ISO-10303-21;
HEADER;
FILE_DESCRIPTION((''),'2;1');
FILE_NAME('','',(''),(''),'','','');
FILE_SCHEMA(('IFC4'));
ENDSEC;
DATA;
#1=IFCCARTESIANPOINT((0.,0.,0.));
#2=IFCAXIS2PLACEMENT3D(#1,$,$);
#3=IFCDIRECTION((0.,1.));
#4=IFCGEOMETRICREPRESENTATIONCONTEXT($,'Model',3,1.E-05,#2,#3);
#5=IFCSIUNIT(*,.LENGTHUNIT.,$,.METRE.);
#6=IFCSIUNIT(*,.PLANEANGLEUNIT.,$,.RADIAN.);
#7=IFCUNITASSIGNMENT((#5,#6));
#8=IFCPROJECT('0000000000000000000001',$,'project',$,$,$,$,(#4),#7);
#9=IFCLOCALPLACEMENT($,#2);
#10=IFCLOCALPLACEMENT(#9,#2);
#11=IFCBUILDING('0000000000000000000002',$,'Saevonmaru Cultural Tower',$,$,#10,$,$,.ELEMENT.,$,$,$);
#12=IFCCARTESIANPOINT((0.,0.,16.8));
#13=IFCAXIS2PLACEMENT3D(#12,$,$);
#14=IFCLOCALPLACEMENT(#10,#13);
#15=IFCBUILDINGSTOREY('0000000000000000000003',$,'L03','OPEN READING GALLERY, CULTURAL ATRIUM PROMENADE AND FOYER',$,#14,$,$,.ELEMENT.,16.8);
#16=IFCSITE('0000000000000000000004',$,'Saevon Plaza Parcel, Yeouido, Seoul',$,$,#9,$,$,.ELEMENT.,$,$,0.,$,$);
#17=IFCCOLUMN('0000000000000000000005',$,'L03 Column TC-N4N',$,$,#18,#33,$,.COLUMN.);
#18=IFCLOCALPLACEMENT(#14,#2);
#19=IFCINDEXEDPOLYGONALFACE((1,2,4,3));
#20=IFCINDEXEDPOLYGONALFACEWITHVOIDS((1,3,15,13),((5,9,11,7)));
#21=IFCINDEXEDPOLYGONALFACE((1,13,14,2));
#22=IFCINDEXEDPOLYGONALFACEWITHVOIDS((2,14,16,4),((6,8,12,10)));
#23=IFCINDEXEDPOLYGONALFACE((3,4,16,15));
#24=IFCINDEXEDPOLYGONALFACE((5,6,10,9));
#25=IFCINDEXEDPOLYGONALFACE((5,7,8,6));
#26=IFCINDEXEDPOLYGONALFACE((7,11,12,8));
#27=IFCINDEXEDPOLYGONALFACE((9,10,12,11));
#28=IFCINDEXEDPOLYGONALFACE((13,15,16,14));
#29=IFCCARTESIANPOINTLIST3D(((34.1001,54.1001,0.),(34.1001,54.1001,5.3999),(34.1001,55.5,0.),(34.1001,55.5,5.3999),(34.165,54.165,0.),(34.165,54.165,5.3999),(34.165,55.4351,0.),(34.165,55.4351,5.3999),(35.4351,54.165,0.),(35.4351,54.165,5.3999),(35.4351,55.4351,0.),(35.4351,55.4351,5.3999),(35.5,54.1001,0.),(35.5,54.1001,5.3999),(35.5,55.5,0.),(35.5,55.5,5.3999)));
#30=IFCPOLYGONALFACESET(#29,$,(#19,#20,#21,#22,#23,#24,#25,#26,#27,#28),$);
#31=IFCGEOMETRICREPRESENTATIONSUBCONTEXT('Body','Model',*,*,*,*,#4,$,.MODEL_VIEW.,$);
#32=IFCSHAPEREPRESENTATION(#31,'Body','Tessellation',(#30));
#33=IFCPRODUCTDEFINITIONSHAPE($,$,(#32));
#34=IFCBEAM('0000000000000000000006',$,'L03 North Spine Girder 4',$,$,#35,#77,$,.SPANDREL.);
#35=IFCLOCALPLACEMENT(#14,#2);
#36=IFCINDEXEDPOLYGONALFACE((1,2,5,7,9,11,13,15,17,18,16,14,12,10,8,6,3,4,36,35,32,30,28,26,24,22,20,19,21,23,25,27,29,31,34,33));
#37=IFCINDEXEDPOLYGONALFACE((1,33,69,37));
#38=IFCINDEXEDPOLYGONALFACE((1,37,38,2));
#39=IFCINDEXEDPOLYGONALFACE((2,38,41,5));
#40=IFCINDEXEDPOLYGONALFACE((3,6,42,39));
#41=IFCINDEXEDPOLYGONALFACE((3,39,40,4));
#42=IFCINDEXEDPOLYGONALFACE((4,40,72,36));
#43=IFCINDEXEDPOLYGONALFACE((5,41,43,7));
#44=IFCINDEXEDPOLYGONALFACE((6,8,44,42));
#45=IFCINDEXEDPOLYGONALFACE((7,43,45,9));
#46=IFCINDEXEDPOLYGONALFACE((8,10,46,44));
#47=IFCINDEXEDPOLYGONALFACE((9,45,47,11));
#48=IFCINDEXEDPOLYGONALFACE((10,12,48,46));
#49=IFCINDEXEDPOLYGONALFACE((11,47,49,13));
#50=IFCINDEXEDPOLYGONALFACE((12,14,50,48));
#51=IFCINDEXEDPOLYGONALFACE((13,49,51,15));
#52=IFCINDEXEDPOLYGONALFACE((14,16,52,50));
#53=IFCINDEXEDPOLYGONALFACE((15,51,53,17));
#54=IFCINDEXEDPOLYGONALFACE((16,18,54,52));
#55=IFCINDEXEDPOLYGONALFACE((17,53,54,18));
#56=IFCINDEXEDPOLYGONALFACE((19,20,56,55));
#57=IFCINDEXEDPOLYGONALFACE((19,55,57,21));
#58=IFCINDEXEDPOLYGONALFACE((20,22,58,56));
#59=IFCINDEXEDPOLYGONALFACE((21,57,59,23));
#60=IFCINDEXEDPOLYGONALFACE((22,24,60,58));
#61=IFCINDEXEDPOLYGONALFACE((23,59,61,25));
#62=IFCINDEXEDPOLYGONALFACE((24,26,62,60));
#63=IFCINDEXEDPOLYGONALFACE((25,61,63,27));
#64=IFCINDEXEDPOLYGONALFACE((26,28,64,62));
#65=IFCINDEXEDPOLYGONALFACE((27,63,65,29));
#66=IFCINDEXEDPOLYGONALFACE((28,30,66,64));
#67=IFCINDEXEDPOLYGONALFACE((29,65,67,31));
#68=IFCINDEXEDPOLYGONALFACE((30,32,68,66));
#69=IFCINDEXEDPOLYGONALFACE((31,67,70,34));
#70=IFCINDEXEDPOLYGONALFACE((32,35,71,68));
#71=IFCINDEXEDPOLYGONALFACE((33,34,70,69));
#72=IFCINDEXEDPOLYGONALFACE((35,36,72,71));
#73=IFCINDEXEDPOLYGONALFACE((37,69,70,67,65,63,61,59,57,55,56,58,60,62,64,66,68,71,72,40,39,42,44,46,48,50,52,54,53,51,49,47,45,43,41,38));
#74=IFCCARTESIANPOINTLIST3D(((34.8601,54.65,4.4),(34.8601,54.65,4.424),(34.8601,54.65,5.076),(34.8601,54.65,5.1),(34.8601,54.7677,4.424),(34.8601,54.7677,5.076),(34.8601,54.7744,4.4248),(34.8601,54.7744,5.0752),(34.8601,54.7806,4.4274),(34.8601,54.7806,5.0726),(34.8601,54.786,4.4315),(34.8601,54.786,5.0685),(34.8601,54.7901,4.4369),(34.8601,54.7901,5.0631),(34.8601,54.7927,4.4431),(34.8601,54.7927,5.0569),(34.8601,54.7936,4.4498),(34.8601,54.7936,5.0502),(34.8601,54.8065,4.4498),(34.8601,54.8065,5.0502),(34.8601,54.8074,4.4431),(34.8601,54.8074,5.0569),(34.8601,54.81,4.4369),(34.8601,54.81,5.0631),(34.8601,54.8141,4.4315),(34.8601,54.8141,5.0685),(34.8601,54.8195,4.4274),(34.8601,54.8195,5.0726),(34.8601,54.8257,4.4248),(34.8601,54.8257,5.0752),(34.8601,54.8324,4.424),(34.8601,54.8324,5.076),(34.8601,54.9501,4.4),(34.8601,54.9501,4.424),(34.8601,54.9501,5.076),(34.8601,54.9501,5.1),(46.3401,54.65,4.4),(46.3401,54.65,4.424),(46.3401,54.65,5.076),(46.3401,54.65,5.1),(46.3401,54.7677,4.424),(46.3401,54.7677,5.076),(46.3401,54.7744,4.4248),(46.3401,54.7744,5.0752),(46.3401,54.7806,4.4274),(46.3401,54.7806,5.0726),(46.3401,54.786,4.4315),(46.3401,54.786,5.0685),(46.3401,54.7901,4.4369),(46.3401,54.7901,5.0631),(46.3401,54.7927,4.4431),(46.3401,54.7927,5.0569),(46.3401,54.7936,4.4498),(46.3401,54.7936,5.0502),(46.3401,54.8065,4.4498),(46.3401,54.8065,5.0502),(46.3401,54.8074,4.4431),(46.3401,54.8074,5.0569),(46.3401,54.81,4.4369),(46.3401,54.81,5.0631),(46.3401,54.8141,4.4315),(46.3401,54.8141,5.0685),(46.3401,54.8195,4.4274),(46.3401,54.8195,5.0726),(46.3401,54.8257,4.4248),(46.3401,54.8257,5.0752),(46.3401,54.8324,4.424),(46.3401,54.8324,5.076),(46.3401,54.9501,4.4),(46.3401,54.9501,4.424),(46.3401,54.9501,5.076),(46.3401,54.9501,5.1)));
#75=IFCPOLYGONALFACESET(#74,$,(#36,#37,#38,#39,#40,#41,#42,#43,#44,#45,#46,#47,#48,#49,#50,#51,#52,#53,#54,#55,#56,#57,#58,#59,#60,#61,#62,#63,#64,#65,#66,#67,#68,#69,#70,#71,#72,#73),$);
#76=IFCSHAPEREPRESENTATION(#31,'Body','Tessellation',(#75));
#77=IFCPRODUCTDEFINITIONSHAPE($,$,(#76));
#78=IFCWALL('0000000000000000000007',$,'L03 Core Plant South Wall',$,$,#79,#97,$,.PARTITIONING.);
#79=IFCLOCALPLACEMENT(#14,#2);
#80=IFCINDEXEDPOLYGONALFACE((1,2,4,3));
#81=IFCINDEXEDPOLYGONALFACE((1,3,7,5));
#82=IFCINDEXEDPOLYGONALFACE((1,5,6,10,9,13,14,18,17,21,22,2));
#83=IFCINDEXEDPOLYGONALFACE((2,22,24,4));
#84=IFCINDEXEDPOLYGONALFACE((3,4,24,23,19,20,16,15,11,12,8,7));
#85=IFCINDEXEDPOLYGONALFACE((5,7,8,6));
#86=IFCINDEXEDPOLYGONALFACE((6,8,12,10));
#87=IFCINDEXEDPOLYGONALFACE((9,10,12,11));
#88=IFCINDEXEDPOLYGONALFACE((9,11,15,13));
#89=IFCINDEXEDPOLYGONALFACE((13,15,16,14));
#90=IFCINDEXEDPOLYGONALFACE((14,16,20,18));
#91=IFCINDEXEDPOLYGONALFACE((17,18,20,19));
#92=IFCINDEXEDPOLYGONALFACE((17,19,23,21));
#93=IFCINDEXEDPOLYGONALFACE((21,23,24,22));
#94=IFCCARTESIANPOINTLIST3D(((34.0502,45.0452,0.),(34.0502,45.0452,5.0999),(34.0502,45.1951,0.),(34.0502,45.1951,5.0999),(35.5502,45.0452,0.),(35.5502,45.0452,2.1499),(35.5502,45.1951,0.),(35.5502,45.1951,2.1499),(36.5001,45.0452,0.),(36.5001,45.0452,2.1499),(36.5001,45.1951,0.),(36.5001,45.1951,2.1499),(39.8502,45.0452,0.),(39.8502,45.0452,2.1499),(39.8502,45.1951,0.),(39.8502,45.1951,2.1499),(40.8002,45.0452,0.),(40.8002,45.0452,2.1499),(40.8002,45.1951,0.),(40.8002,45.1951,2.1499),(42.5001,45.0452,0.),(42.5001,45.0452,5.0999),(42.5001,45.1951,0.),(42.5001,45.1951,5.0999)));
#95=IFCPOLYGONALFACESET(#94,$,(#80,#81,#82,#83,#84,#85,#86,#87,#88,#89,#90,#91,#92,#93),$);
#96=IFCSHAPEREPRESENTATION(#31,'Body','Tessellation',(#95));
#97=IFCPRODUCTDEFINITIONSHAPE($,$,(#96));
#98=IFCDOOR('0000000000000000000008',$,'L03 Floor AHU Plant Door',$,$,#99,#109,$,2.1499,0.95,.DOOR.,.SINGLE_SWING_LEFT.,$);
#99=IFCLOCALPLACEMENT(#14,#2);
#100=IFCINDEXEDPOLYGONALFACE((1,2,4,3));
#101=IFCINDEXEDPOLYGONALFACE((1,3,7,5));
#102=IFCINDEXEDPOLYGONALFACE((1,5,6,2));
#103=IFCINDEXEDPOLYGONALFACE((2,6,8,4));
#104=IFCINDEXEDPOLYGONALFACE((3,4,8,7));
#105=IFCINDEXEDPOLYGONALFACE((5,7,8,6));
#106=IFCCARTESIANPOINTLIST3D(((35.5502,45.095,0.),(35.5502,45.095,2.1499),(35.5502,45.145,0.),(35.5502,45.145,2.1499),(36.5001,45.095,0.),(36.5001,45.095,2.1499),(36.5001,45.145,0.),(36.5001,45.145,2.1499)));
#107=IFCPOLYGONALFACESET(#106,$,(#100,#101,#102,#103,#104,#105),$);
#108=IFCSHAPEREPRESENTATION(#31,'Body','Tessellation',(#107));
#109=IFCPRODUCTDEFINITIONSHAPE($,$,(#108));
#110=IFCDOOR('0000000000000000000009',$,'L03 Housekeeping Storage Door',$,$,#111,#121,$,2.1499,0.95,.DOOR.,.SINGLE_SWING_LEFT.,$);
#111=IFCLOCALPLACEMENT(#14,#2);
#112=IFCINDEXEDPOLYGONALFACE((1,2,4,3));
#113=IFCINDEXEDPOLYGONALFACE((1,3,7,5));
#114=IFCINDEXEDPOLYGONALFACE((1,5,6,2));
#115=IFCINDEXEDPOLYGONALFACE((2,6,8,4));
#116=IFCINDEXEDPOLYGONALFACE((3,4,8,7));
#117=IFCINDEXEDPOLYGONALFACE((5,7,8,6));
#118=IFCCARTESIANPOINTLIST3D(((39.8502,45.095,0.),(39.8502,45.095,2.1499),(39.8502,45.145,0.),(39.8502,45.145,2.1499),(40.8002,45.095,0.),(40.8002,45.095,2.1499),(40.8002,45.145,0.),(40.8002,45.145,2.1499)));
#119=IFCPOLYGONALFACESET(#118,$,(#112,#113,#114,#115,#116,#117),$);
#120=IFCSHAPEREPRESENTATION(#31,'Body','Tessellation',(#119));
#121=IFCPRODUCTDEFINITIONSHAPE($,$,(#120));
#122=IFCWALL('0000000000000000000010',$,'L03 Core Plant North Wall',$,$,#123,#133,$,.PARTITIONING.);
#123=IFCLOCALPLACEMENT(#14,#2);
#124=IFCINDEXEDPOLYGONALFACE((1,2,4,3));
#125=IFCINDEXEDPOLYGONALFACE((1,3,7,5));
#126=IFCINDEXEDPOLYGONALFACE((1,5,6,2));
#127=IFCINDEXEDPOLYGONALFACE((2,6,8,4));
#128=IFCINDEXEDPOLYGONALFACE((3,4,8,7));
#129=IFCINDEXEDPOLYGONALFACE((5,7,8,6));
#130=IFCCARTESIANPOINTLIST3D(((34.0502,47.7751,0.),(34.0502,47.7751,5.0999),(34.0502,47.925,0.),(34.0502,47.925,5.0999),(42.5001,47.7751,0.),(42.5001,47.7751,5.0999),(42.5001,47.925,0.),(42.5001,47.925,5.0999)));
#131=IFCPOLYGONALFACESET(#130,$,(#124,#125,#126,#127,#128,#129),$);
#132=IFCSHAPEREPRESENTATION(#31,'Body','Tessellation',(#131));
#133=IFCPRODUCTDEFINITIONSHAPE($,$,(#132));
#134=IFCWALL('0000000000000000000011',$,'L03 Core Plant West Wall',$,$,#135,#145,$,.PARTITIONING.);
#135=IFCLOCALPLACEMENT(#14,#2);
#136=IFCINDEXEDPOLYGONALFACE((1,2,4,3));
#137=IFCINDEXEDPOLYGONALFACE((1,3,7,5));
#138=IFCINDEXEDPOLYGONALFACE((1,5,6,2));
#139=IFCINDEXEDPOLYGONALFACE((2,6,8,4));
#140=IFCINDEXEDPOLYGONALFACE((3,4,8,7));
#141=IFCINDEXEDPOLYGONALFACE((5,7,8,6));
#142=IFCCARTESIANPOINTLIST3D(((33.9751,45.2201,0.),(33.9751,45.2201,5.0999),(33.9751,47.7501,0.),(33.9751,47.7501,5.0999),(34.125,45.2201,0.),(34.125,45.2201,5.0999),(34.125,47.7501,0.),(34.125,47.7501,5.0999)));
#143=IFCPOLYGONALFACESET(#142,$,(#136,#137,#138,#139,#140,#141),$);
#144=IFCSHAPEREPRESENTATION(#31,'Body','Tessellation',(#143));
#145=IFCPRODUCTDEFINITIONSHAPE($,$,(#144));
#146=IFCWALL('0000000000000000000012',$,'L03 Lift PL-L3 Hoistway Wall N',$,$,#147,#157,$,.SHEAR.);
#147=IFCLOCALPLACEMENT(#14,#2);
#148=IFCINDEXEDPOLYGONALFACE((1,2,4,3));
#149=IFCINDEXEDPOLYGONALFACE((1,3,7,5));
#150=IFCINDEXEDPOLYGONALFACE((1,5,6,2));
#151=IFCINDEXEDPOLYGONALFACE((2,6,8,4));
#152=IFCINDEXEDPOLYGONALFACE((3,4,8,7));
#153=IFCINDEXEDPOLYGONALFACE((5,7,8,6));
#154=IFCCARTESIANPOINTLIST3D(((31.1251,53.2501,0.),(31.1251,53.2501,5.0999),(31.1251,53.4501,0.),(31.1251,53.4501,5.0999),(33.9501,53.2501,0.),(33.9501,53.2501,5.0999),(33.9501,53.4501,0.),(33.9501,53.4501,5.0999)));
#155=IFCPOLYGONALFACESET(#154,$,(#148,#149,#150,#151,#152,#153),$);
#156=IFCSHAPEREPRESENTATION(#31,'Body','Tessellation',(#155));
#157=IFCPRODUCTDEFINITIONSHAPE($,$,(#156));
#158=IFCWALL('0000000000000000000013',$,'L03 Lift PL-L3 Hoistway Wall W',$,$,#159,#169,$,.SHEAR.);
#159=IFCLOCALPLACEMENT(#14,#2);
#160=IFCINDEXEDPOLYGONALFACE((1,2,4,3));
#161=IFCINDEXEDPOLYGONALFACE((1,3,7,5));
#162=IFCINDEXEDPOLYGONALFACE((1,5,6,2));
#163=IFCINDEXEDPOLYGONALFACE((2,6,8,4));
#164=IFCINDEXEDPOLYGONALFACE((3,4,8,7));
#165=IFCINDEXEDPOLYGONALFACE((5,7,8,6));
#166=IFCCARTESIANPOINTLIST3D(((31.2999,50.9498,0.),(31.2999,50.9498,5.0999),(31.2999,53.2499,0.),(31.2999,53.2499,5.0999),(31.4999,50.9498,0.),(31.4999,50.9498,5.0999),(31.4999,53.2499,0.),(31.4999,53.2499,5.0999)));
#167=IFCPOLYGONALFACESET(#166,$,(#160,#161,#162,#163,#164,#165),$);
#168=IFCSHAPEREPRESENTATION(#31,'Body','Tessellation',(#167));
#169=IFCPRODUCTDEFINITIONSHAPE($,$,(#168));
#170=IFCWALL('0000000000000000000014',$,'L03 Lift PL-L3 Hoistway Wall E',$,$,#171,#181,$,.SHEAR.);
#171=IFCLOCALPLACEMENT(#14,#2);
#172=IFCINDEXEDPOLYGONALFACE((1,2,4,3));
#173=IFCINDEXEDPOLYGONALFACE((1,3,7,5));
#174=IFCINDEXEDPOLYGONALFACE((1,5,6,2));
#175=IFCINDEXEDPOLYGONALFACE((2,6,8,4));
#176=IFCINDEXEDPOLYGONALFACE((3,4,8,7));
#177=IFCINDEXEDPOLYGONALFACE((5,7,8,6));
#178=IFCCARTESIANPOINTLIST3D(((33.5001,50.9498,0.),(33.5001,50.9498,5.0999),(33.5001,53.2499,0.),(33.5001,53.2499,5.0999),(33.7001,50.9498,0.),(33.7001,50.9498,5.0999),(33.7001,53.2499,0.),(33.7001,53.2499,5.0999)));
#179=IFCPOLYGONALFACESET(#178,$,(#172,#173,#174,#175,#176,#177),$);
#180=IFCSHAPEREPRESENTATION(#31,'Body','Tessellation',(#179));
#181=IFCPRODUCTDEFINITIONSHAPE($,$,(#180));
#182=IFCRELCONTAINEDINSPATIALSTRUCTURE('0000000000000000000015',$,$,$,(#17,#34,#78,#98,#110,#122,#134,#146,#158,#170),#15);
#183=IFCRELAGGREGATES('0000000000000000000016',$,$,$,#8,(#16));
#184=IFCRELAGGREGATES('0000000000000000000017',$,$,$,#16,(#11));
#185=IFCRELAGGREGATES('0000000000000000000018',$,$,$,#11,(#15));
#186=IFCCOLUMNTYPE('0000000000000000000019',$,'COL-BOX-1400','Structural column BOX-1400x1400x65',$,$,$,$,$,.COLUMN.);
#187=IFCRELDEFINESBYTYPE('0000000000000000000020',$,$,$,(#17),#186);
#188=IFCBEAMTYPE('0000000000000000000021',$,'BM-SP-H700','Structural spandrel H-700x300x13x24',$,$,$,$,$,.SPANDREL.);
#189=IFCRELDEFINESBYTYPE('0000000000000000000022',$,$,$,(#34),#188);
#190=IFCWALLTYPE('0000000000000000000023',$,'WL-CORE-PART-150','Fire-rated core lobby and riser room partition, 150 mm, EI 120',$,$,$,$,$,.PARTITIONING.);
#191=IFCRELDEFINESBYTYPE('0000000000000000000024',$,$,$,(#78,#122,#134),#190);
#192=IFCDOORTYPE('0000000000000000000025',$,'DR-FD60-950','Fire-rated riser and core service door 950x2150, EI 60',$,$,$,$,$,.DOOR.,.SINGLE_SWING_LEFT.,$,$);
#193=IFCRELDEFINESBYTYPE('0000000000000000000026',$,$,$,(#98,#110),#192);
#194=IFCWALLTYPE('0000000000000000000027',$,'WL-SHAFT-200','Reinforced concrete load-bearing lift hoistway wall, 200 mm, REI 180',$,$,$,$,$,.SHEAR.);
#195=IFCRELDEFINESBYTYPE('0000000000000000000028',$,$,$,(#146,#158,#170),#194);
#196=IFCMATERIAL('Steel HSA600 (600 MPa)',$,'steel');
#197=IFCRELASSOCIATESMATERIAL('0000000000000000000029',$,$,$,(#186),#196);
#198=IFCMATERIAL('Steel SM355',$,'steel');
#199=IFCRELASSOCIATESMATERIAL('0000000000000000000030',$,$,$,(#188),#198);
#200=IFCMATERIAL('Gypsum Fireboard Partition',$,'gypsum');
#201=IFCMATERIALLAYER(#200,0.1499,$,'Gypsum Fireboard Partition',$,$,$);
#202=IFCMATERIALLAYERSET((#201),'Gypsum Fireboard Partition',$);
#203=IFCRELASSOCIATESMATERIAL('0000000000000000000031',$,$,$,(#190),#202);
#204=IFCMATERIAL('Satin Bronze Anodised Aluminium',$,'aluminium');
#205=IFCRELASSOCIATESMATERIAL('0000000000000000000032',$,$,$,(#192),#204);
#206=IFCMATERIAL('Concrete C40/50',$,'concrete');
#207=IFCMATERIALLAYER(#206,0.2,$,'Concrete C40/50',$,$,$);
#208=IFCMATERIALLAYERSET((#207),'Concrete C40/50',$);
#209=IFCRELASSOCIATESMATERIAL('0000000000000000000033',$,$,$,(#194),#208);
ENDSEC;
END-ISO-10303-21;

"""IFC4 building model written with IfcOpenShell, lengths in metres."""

from ifc_helpers import new_model, si_unit, direction, frame, frame_2d, origin, origin_2d, place, context, subcontext, project, spatial, rectangle, hollow_rectangle, i_section, extrude, material, layer, layer_set, material_profile, profile_set, type_object, element, fill, save


model = new_model("IFC4")

# Units and contexts
model_context = context("Model", 3, precision=1e-05, world=origin(), true_north=direction((0.0, 1.0)))
body_context = subcontext(model_context, "Body", "Model", "MODEL_VIEW")
ifc_project = project(units=[si_unit("LENGTHUNIT", "METRE"), si_unit("PLANEANGLEUNIT", "RADIAN")], contexts=[model_context])

# Site, building, storey
site_placement = place(None, origin())
site = spatial("IfcSite", under=ifc_project, at=site_placement, Name="Saevon Plaza Parcel, Yeouido, Seoul", CompositionType="ELEMENT", RefElevation=0.0)
building_placement = place(site_placement, origin())
building = spatial("IfcBuilding", under=site, at=building_placement, Name="Saevonmaru Cultural Tower", CompositionType="ELEMENT")
storey_placement = place(building_placement, frame((0.0, 0.0, 16.8)))
storey = spatial("IfcBuildingStorey", under=building, at=storey_placement, Name="L03", Description="OPEN READING GALLERY, CULTURAL ATRIUM PROMENADE AND FOYER", CompositionType="ELEMENT", Elevation=16.8)

# Column
ifc_material_1 = material(Name="Steel HSA600 (600 MPa)", Category="steel")
ifc_material_profile_1 = material_profile(ifc_material_1, hollow_rectangle(XDim=1.3999, YDim=1.3999, WallThickness=0.0649, at=origin_2d()), Name="BOX-1400x1400x65")
ifc_profile_set_1 = profile_set([ifc_material_profile_1], Name="Steel HSA600 (600 MPa)")
column_type = type_object("IfcColumnType", Name="COL-BOX-1400", Description="Structural column BOX-1400x1400x65", PredefinedType="COLUMN", material=ifc_profile_set_1)
column_placement = place(storey_placement, frame((34.8, 54.8, 0.0), z_axis=(0.0, 0.0, 1.0), x_axis=(1.0, 0.0, 0.0)))
element("IfcColumn", 1, at=column_placement, inside=storey, type_object=column_type, Name="L03 Column TC-N4N", PredefinedType="COLUMN", context=body_context, shape_type="SweptSolid", body=[
    extrude(hollow_rectangle(XDim=1.3999, YDim=1.3999, WallThickness=0.0649, at=origin_2d()), origin(), (0.0, 0.0, 1.0), 5.3999),
])

# Beam
ifc_material_2 = material(Name="Steel SM355", Category="steel")
ifc_material_profile_2 = material_profile(ifc_material_2, i_section(OverallWidth=0.3, OverallDepth=0.7, WebThickness=0.0129, FlangeThickness=0.0239, FilletRadius=0.0259, at=origin_2d()), Name="H-700x300x13x24")
ifc_profile_set_2 = profile_set([ifc_material_profile_2], Name="Steel SM355")
beam_type = type_object("IfcBeamType", Name="BM-SP-H700", Description="Structural spandrel H-700x300x13x24", PredefinedType="SPANDREL", material=ifc_profile_set_2)
beam_placement = place(storey_placement, frame((34.8601, 54.8, 4.75), z_axis=(1.0, 0.0, 0.0), x_axis=(0.0, 1.0, 0.0)))
element("IfcBeam", 2, at=beam_placement, inside=storey, type_object=beam_type, Name="L03 North Spine Girder 4", PredefinedType="SPANDREL", context=body_context, shape_type="SweptSolid", body=[
    extrude(i_section(OverallWidth=0.3, OverallDepth=0.7, WebThickness=0.0129, FlangeThickness=0.0239, FilletRadius=0.0259, at=origin_2d()), origin(), (0.0, 0.0, 1.0), 11.48),
])

# Shared definitions
ifc_material_3 = material(Name="Gypsum Fireboard Partition", Category="gypsum")
ifc_layer_1 = layer(ifc_material_3, 0.1499, Name="Gypsum Fireboard Partition")
ifc_layer_set_1 = layer_set([ifc_layer_1], Name="Gypsum Fireboard Partition")
wall_type_1 = type_object("IfcWallType", Name="WL-CORE-PART-150", Description="Fire-rated core lobby and riser room partition, 150 mm, EI 120", PredefinedType="PARTITIONING", material=ifc_layer_set_1)
ifc_material_4 = material(Name="Satin Bronze Anodised Aluminium", Category="aluminium")

# Wall, openings, doors
wall_1_placement = place(storey_placement, frame((34.05, 45.1201, 0.0), z_axis=(0.0, 0.0, 1.0), x_axis=(1.0, 0.0, 0.0)))
wall_1 = element("IfcWall", 3, at=wall_1_placement, inside=storey, type_object=wall_type_1, Name="L03 Core Plant South Wall", PredefinedType="PARTITIONING", context=body_context, shape_type="SweptSolid", body=[
    extrude(rectangle(XDim=8.45, YDim=0.1499, at=frame_2d((4.2251, 0.0))), origin(), (0.0, 0.0, 1.0), 5.0999),
])
opening_1_placement = place(wall_1_placement, frame((1.5, 0.0, 0.0)))
opening_1 = element("IfcOpeningElement", 4, at=opening_1_placement, cuts=wall_1, PredefinedType="OPENING", context=body_context, shape_type="SweptSolid", body=[
    extrude(rectangle(XDim=0.95, YDim=2.1499, at=frame_2d((0.4751, 1.075))), frame((0.0, 0.085, 0.0), z_axis=(0.0, -1.0, 0.0), x_axis=(1.0, 0.0, 0.0)), (0.0, 0.0, 1.0), 0.1699),
])
opening_2_placement = place(wall_1_placement, frame((5.8, 0.0, 0.0)))
opening_2 = element("IfcOpeningElement", 5, at=opening_2_placement, cuts=wall_1, PredefinedType="OPENING", context=body_context, shape_type="SweptSolid", body=[
    extrude(rectangle(XDim=0.95, YDim=2.1499, at=frame_2d((0.4751, 1.075))), frame((0.0, 0.085, 0.0), z_axis=(0.0, -1.0, 0.0), x_axis=(1.0, 0.0, 0.0)), (0.0, 0.0, 1.0), 0.1699),
])
door_type_1 = type_object("IfcDoorType", Name="DR-FD60-950", Description="Fire-rated riser and core service door 950x2150, EI 60", OperationType="SINGLE_SWING_LEFT", PredefinedType="DOOR", material=ifc_material_4)
door_1_placement = place(opening_1_placement, origin())
door_1 = element("IfcDoor", 6, at=door_1_placement, inside=storey, type_object=door_type_1, Name="L03 Floor AHU Plant Door", OperationType="SINGLE_SWING_LEFT", OverallHeight=2.1499, OverallWidth=0.95, PredefinedType="DOOR", context=body_context, shape_type="SweptSolid", body=[
    extrude(rectangle(XDim=0.95, YDim=2.1499, at=frame_2d((0.4751, 1.075))), frame((0.0, 0.0249, 0.0), z_axis=(0.0, -1.0, 0.0), x_axis=(1.0, 0.0, 0.0)), (0.0, 0.0, 1.0), 0.05),
])
fill(opening_1, door_1)
door_2_placement = place(opening_2_placement, origin())
door_2 = element("IfcDoor", 7, at=door_2_placement, inside=storey, type_object=door_type_1, Name="L03 Housekeeping Storage Door", OperationType="SINGLE_SWING_LEFT", OverallHeight=2.1499, OverallWidth=0.95, PredefinedType="DOOR", context=body_context, shape_type="SweptSolid", body=[
    extrude(rectangle(XDim=0.95, YDim=2.1499, at=frame_2d((0.4751, 1.075))), frame((0.0, 0.0249, 0.0), z_axis=(0.0, -1.0, 0.0), x_axis=(1.0, 0.0, 0.0)), (0.0, 0.0, 1.0), 0.05),
])
fill(opening_2, door_2)

# Walls
wall_2_placement = place(storey_placement, frame((34.05, 47.8501, 0.0), z_axis=(0.0, 0.0, 1.0), x_axis=(1.0, 0.0, 0.0)))
element("IfcWall", 8, at=wall_2_placement, inside=storey, type_object=wall_type_1, Name="L03 Core Plant North Wall", PredefinedType="PARTITIONING", context=body_context, shape_type="SweptSolid", body=[
    extrude(rectangle(XDim=8.45, YDim=0.1499, at=frame_2d((4.2251, 0.0))), origin(), (0.0, 0.0, 1.0), 5.0999),
])
wall_3_placement = place(storey_placement, frame((34.05, 45.22, 0.0), z_axis=(0.0, 0.0, 1.0), x_axis=(0.0, 1.0, 0.0)))
element("IfcWall", 9, at=wall_3_placement, inside=storey, type_object=wall_type_1, Name="L03 Core Plant West Wall", PredefinedType="PARTITIONING", context=body_context, shape_type="SweptSolid", body=[
    extrude(rectangle(XDim=2.53, YDim=0.1499, at=frame_2d((1.2651, 0.0))), origin(), (0.0, 0.0, 1.0), 5.0999),
])
ifc_material_5 = material(Name="Concrete C40/50", Category="concrete")
ifc_layer_2 = layer(ifc_material_5, 0.2, Name="Concrete C40/50")
ifc_layer_set_2 = layer_set([ifc_layer_2], Name="Concrete C40/50")
wall_type_2 = type_object("IfcWallType", Name="WL-SHAFT-200", Description="Reinforced concrete load-bearing lift hoistway wall, 200 mm, REI 180", PredefinedType="SHEAR", material=ifc_layer_set_2)
wall_4_placement = place(storey_placement, frame((31.125, 53.3501, 0.0), z_axis=(0.0, 0.0, 1.0), x_axis=(1.0, 0.0, 0.0)))
element("IfcWall", 10, at=wall_4_placement, inside=storey, type_object=wall_type_2, Name="L03 Lift PL-L3 Hoistway Wall N", PredefinedType="SHEAR", context=body_context, shape_type="SweptSolid", body=[
    extrude(rectangle(XDim=2.825, YDim=0.2, at=frame_2d((1.4126, 0.0))), origin(), (0.0, 0.0, 1.0), 5.0999),
])
for number, where, z_axis, x_axis, name in (
    (11, (31.3999, 50.95, 0.0), (0.0, 0.0, 1.0), (0.0, 1.0, 0.0), "L03 Lift PL-L3 Hoistway Wall W"),
    (12, (33.6001, 50.95, 0.0), (0.0, 0.0, 1.0), (0.0, 1.0, 0.0), "L03 Lift PL-L3 Hoistway Wall E"),
):
    element("IfcWall", number, at=place(storey_placement, frame(where, z_axis=z_axis, x_axis=x_axis)), inside=storey, type_object=wall_type_2, Name=name, PredefinedType="SHEAR", context=body_context, shape_type="SweptSolid", body=[
        extrude(rectangle(XDim=2.3, YDim=0.2, at=frame_2d((1.1499, 0.0))), origin(), (0.0, 0.0, 1.0), 5.0999),
    ])

save(model, "model.ifc")
